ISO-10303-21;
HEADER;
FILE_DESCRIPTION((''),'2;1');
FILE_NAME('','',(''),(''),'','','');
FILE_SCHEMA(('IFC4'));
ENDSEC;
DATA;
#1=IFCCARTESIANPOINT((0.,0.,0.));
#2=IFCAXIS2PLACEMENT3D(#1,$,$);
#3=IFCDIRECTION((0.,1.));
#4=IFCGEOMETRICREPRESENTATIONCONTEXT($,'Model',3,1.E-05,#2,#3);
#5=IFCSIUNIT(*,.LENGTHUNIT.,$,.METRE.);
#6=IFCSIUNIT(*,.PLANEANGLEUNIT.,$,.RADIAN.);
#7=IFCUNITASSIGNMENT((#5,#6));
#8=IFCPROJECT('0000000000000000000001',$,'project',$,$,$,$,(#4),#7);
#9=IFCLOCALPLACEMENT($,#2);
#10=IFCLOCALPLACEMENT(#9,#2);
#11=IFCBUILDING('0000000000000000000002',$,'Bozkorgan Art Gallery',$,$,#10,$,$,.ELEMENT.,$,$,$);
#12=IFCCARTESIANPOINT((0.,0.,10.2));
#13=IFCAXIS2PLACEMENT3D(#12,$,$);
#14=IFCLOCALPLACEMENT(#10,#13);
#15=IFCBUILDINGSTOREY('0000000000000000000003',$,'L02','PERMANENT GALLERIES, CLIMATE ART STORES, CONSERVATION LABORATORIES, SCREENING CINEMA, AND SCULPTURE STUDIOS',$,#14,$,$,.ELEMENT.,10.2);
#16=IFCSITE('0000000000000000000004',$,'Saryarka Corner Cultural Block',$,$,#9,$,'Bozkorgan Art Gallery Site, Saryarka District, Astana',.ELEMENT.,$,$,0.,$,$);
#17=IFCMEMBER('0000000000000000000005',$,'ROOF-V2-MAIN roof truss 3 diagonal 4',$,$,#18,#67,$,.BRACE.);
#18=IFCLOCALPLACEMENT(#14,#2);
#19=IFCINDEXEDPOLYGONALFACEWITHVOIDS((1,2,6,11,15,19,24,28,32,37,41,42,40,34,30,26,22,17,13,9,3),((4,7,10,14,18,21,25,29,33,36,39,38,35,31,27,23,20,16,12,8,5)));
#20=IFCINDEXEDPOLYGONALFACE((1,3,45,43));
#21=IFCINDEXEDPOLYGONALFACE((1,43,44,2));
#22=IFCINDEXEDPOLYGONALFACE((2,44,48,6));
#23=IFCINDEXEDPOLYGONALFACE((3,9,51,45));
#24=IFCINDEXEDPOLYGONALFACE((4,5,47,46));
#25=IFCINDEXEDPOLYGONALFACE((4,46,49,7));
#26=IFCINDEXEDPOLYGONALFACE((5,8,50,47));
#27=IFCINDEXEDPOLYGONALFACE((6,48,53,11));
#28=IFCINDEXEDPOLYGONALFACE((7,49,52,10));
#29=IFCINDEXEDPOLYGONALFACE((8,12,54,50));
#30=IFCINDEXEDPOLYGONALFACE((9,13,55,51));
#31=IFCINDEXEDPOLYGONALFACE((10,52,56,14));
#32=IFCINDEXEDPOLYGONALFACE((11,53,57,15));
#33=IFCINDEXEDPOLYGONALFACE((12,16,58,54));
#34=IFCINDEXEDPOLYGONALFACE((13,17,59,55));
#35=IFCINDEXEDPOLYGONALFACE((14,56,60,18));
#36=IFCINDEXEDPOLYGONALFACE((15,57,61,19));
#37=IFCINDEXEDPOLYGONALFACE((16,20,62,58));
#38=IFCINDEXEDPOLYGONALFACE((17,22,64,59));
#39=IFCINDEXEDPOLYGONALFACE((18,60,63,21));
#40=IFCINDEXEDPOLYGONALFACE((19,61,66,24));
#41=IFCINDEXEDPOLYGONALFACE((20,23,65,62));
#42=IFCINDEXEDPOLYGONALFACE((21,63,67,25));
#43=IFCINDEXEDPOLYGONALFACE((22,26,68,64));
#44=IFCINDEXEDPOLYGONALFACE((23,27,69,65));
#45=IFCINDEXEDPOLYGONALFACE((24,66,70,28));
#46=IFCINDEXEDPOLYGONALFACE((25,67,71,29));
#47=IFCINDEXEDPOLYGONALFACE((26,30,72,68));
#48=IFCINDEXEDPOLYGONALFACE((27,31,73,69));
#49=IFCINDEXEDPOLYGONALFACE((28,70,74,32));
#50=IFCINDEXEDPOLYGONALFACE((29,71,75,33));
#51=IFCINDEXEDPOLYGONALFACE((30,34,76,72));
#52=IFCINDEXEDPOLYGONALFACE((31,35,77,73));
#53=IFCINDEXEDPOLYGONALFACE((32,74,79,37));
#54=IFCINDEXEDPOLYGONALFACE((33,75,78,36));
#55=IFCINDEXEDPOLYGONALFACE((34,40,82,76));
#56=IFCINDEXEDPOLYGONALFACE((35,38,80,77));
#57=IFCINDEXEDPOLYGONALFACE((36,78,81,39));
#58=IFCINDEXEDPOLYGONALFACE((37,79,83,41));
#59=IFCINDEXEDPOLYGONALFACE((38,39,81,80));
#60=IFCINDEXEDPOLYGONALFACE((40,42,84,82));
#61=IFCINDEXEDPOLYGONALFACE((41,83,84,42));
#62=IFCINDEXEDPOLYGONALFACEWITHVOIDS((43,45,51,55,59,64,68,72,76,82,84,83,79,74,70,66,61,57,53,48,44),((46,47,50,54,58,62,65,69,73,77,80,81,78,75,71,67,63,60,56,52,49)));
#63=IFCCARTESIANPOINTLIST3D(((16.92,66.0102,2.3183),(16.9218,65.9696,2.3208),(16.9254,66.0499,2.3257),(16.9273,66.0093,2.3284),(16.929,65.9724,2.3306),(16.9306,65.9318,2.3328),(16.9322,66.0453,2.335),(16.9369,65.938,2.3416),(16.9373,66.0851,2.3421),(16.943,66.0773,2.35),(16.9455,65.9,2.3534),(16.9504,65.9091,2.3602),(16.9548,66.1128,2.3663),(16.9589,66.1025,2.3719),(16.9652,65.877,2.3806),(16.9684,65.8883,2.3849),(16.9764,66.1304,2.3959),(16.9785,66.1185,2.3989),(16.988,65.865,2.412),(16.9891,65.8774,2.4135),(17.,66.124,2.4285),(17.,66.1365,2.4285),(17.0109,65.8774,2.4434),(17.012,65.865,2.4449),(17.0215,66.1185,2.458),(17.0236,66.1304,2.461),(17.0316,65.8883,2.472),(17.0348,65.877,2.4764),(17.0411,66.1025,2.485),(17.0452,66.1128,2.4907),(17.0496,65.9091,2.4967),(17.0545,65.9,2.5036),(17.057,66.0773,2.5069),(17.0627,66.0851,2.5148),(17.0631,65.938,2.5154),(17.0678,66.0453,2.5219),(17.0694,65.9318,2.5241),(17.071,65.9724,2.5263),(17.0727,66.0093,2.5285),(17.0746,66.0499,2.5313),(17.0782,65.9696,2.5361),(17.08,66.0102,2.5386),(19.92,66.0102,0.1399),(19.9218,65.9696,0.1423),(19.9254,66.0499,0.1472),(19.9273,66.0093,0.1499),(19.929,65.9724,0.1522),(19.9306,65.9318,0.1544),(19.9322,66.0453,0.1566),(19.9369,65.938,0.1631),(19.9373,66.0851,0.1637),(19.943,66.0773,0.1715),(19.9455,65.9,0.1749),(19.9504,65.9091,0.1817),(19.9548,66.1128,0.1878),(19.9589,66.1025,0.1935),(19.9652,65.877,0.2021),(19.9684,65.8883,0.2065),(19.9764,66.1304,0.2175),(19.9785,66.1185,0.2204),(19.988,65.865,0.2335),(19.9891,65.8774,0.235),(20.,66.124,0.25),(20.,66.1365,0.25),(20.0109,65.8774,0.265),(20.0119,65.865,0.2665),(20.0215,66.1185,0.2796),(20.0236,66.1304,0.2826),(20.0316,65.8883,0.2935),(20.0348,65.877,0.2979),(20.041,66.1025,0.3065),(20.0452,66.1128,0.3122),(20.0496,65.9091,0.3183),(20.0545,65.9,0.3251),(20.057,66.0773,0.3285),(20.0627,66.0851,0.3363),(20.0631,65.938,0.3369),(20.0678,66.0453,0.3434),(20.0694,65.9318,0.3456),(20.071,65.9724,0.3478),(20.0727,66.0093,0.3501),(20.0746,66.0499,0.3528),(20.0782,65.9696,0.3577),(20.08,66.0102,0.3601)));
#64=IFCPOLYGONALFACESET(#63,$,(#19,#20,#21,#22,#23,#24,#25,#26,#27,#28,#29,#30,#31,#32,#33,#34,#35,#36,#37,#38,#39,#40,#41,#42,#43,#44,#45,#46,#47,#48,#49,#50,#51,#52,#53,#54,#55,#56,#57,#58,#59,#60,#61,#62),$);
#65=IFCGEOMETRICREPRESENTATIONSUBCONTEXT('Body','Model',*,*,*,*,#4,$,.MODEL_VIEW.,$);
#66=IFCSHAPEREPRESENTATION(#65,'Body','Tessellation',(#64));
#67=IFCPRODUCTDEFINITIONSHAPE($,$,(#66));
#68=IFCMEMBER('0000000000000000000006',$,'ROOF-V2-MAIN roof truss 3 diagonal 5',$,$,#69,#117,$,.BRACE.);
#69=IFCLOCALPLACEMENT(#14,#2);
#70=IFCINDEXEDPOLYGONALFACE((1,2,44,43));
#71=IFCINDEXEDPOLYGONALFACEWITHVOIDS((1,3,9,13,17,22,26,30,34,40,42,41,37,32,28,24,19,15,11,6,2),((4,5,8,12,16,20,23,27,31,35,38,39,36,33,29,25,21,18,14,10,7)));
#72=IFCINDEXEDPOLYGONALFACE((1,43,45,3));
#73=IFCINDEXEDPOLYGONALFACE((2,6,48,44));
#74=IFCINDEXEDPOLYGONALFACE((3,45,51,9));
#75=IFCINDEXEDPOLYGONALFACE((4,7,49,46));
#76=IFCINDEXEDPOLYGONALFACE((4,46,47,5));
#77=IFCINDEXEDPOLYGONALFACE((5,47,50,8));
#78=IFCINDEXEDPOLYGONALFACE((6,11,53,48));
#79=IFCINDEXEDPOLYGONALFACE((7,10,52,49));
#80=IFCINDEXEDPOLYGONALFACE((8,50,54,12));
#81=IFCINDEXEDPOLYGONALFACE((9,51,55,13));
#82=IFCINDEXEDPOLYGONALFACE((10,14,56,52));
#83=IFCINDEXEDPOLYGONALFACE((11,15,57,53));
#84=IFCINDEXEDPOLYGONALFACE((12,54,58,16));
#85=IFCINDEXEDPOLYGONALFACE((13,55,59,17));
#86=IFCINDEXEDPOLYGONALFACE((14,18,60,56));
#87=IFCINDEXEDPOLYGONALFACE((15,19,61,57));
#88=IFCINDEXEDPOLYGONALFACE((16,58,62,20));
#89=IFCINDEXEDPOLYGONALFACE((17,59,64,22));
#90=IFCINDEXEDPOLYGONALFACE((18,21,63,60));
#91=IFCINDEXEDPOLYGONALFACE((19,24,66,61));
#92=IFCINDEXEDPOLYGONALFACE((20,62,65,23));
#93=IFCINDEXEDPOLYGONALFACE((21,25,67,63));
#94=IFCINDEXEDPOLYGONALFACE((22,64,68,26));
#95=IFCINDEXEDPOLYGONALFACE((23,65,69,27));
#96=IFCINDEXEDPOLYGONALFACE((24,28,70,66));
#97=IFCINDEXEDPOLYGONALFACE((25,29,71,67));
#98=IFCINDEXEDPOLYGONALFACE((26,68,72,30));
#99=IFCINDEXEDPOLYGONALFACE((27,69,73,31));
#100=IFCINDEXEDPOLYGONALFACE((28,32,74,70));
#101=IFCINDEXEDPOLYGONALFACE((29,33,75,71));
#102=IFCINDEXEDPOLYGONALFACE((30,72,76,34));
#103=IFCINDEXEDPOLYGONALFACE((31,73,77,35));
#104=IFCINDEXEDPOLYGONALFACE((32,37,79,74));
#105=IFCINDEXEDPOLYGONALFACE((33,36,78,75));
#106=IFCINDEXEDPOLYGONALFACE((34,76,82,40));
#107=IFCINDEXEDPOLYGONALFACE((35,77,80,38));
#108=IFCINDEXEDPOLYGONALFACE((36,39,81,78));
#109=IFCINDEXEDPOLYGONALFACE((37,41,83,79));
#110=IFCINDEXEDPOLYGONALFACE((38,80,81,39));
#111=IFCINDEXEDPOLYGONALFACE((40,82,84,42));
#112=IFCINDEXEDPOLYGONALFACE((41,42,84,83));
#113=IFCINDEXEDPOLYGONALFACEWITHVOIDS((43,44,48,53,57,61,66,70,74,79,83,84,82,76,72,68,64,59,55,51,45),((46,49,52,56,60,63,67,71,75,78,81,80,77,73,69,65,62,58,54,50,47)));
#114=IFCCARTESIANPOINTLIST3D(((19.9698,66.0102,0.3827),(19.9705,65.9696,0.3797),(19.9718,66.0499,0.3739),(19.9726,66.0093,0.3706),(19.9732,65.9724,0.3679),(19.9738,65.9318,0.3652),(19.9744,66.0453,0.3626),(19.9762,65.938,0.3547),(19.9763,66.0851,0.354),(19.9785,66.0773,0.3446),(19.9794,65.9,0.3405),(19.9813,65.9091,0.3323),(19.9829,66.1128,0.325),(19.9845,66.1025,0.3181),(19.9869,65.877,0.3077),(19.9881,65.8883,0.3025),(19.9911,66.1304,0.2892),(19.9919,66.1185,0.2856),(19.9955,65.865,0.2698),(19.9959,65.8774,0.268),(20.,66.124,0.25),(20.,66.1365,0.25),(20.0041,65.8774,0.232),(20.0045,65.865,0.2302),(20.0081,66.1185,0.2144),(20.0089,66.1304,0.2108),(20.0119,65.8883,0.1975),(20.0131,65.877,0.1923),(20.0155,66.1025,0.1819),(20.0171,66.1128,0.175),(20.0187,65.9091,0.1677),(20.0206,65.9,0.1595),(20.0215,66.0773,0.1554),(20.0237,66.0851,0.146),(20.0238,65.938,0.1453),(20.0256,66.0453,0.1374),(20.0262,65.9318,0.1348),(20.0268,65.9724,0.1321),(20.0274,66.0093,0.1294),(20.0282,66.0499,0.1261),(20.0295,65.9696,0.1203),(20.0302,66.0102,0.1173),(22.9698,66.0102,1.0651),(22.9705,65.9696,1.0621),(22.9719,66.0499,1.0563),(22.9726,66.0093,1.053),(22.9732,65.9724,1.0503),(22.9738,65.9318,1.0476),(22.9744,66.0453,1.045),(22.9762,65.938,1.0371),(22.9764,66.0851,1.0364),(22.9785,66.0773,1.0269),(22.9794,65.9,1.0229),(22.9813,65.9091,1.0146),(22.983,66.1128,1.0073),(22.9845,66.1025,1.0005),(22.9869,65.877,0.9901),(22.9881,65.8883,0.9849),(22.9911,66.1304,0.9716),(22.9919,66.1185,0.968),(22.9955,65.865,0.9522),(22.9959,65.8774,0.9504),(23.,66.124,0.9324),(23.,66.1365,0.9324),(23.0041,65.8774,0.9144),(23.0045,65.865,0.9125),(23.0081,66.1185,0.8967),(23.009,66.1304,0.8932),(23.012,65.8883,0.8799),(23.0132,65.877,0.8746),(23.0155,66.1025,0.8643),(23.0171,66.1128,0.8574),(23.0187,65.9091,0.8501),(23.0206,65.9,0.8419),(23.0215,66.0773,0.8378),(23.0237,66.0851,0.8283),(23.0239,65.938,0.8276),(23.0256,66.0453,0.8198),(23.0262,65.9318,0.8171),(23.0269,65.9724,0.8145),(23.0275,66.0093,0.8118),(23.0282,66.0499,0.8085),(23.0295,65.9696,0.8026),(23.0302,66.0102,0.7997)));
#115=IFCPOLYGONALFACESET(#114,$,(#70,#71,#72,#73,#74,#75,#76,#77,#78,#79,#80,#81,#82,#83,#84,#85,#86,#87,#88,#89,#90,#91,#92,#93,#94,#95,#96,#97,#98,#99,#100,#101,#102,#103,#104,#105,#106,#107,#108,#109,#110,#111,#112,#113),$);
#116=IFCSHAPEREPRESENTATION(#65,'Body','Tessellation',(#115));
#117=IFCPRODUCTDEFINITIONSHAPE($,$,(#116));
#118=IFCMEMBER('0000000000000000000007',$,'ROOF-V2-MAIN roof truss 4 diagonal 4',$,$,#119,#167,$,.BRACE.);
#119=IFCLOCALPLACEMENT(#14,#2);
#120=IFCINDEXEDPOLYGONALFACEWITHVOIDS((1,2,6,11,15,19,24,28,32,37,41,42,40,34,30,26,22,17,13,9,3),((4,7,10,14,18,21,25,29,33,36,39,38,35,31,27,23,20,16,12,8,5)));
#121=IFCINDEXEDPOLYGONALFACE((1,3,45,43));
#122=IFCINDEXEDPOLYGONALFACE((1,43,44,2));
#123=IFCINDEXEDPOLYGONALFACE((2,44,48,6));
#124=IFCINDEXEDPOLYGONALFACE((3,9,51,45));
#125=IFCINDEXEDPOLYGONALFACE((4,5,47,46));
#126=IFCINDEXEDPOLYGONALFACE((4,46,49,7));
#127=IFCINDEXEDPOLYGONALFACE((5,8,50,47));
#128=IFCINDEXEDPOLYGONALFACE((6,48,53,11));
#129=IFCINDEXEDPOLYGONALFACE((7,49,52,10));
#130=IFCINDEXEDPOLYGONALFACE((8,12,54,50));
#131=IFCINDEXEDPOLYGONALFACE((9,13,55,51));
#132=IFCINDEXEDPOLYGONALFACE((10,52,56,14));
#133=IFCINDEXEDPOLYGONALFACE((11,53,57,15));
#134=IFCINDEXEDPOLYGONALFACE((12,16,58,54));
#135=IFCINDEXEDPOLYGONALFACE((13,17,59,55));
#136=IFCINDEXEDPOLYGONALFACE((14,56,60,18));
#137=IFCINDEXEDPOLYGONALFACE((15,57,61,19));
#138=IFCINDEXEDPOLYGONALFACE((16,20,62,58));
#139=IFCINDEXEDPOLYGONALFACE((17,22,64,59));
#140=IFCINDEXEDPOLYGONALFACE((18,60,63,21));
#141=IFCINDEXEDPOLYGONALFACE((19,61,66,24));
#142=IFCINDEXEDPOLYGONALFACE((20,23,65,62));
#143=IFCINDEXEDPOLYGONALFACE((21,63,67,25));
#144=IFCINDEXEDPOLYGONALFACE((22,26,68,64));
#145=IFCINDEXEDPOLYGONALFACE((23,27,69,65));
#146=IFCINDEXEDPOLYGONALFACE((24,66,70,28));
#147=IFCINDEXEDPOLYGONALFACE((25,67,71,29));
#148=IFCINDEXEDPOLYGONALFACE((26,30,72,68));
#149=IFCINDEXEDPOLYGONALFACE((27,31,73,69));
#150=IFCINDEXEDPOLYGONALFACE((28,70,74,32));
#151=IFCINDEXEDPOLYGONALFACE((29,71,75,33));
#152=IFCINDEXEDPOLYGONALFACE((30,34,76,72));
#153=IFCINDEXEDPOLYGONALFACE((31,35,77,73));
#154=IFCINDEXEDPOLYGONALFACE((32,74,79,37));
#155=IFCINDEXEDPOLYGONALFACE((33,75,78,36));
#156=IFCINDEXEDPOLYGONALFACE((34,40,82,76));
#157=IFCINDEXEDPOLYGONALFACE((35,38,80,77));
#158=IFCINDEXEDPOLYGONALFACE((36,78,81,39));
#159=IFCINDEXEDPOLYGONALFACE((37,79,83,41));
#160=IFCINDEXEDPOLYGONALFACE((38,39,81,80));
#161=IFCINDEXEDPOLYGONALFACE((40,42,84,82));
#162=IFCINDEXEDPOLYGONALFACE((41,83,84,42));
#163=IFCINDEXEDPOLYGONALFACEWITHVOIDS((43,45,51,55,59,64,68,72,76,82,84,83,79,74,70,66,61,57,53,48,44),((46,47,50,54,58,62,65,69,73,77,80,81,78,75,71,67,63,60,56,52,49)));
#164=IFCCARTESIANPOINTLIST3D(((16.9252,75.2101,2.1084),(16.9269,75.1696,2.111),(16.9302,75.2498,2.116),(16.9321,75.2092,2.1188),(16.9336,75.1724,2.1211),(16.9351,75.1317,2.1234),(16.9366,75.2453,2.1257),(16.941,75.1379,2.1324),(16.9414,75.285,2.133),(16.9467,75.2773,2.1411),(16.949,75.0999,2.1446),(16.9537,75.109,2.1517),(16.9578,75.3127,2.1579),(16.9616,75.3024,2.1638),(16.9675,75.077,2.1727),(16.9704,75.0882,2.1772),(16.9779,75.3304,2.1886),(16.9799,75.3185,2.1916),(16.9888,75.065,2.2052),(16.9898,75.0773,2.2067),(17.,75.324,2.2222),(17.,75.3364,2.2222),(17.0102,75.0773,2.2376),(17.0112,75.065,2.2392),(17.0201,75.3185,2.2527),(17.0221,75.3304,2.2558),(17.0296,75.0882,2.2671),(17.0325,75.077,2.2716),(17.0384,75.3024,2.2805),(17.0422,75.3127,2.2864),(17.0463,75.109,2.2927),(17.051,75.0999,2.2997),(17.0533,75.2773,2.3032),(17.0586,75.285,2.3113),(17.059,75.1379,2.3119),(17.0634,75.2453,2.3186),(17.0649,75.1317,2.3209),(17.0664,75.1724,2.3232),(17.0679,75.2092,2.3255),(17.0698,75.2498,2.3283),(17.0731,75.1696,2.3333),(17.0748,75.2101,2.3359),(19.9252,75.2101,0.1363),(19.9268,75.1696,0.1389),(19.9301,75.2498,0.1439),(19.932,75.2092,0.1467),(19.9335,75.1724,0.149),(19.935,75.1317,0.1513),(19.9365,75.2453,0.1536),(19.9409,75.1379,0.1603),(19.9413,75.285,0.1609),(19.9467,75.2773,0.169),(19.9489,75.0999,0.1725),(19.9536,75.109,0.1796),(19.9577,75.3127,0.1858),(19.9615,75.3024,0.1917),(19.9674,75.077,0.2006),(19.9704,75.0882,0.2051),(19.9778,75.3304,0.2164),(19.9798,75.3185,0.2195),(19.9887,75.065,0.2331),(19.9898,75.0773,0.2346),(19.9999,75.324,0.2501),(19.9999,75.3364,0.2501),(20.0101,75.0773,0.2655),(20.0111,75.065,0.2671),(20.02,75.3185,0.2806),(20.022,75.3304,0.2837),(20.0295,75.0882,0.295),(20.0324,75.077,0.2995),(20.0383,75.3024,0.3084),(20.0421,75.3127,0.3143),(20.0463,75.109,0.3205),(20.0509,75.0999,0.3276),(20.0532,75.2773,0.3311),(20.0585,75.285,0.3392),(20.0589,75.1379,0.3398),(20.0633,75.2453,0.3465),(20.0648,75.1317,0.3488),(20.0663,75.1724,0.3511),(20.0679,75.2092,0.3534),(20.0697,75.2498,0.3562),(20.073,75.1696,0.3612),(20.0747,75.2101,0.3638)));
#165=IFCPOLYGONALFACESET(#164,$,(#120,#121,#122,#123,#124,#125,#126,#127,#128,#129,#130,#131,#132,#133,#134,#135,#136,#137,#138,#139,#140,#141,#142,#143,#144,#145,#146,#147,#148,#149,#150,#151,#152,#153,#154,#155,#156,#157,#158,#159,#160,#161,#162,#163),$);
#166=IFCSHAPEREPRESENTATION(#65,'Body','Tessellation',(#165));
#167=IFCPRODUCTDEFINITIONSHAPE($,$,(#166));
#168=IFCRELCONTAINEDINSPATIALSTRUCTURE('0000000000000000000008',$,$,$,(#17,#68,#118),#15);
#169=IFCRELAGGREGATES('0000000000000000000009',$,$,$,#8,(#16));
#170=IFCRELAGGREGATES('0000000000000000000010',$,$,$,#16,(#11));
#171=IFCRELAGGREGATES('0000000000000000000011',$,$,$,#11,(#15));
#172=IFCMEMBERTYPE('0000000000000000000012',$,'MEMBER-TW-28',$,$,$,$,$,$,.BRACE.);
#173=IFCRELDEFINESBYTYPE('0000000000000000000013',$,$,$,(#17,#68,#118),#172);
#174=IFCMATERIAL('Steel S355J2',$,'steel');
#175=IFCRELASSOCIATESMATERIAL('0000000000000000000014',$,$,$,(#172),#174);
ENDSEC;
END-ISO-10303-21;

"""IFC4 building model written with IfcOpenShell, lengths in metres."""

from ifc_helpers import new_model, si_unit, direction, frame, origin, origin_2d, place, context, subcontext, project, spatial, hollow_circle, extrude, material, material_profile, profile_set, type_object, element, save


model = new_model("IFC4")

# Units and contexts
model_context = context("Model", 3, precision=1e-05, world=origin(), true_north=direction((0.0, 1.0)))
body_context = subcontext(model_context, "Body", "Model", "MODEL_VIEW")
ifc_project = project(units=[si_unit("LENGTHUNIT", "METRE"), si_unit("PLANEANGLEUNIT", "RADIAN")], contexts=[model_context])

# Site, building, storey
site_placement = place(None, origin())
site = spatial("IfcSite", under=ifc_project, at=site_placement, Name="Saryarka Corner Cultural Block", LongName="Bozkorgan Art Gallery Site, Saryarka District, Astana", CompositionType="ELEMENT", RefElevation=0.0)
building_placement = place(site_placement, origin())
building = spatial("IfcBuilding", under=site, at=building_placement, Name="Bozkorgan Art Gallery", CompositionType="ELEMENT")
storey_placement = place(building_placement, frame((0.0, 0.0, 10.2)))
storey = spatial("IfcBuildingStorey", under=building, at=storey_placement, Name="L02", Description="PERMANENT GALLERIES, CLIMATE ART STORES, CONSERVATION LABORATORIES, SCREENING CINEMA, AND SCULPTURE STUDIOS", CompositionType="ELEMENT", Elevation=10.2)

# Members
ifc_material = material(Name="Steel S355J2", Category="steel")
ifc_material_profile_1 = material_profile(ifc_material, hollow_circle(Radius=0.1365, WallThickness=0.0125, at=origin_2d()), Name="CHS 273x12.5")
ifc_profile_set_1 = profile_set([ifc_material_profile_1], Name="Steel S355J2")
member_type_1 = type_object("IfcMemberType", Name="MEMBER-TW-28", PredefinedType="BRACE", material=ifc_profile_set_1)
member_1_placement = place(storey_placement, frame((17.0, 66.0, 2.4285), z_axis=(0.809166, 0.0, -0.58758), x_axis=(0.0, 1.0, 0.0)))
element("IfcMember", 1, at=member_1_placement, inside=storey, type_object=member_type_1, Name="ROOF-V2-MAIN roof truss 3 diagonal 4", PredefinedType="BRACE", context=body_context, shape_type="SweptSolid", body=[
    extrude(hollow_circle(Radius=0.1365, WallThickness=0.0125, at=origin_2d()), origin(), (0.0, 0.0, 1.0), 3.7075),
])
member_2_placement = place(storey_placement, frame((20.0, 66.0, 0.25), z_axis=(0.975094, 0.0, 0.221793), x_axis=(0.0, 1.0, 0.0)))
element("IfcMember", 2, at=member_2_placement, inside=storey, type_object=member_type_1, Name="ROOF-V2-MAIN roof truss 3 diagonal 5", PredefinedType="BRACE", context=body_context, shape_type="SweptSolid", body=[
    extrude(hollow_circle(Radius=0.1365, WallThickness=0.0125, at=origin_2d()), origin(), (0.0, 0.0, 1.0), 3.0767),
])
member_3_placement = place(storey_placement, frame((17.0, 75.2, 2.2222), z_axis=(0.835611, 0.0, -0.549322), x_axis=(0.0, 1.0, 0.0)))
element("IfcMember", 3, at=member_3_placement, inside=storey, type_object=member_type_1, Name="ROOF-V2-MAIN roof truss 4 diagonal 4", PredefinedType="BRACE", context=body_context, shape_type="SweptSolid", body=[
    extrude(hollow_circle(Radius=0.1365, WallThickness=0.0125, at=origin_2d()), origin(), (0.0, 0.0, 1.0), 3.5901),
])

save(model, "model.ifc")
